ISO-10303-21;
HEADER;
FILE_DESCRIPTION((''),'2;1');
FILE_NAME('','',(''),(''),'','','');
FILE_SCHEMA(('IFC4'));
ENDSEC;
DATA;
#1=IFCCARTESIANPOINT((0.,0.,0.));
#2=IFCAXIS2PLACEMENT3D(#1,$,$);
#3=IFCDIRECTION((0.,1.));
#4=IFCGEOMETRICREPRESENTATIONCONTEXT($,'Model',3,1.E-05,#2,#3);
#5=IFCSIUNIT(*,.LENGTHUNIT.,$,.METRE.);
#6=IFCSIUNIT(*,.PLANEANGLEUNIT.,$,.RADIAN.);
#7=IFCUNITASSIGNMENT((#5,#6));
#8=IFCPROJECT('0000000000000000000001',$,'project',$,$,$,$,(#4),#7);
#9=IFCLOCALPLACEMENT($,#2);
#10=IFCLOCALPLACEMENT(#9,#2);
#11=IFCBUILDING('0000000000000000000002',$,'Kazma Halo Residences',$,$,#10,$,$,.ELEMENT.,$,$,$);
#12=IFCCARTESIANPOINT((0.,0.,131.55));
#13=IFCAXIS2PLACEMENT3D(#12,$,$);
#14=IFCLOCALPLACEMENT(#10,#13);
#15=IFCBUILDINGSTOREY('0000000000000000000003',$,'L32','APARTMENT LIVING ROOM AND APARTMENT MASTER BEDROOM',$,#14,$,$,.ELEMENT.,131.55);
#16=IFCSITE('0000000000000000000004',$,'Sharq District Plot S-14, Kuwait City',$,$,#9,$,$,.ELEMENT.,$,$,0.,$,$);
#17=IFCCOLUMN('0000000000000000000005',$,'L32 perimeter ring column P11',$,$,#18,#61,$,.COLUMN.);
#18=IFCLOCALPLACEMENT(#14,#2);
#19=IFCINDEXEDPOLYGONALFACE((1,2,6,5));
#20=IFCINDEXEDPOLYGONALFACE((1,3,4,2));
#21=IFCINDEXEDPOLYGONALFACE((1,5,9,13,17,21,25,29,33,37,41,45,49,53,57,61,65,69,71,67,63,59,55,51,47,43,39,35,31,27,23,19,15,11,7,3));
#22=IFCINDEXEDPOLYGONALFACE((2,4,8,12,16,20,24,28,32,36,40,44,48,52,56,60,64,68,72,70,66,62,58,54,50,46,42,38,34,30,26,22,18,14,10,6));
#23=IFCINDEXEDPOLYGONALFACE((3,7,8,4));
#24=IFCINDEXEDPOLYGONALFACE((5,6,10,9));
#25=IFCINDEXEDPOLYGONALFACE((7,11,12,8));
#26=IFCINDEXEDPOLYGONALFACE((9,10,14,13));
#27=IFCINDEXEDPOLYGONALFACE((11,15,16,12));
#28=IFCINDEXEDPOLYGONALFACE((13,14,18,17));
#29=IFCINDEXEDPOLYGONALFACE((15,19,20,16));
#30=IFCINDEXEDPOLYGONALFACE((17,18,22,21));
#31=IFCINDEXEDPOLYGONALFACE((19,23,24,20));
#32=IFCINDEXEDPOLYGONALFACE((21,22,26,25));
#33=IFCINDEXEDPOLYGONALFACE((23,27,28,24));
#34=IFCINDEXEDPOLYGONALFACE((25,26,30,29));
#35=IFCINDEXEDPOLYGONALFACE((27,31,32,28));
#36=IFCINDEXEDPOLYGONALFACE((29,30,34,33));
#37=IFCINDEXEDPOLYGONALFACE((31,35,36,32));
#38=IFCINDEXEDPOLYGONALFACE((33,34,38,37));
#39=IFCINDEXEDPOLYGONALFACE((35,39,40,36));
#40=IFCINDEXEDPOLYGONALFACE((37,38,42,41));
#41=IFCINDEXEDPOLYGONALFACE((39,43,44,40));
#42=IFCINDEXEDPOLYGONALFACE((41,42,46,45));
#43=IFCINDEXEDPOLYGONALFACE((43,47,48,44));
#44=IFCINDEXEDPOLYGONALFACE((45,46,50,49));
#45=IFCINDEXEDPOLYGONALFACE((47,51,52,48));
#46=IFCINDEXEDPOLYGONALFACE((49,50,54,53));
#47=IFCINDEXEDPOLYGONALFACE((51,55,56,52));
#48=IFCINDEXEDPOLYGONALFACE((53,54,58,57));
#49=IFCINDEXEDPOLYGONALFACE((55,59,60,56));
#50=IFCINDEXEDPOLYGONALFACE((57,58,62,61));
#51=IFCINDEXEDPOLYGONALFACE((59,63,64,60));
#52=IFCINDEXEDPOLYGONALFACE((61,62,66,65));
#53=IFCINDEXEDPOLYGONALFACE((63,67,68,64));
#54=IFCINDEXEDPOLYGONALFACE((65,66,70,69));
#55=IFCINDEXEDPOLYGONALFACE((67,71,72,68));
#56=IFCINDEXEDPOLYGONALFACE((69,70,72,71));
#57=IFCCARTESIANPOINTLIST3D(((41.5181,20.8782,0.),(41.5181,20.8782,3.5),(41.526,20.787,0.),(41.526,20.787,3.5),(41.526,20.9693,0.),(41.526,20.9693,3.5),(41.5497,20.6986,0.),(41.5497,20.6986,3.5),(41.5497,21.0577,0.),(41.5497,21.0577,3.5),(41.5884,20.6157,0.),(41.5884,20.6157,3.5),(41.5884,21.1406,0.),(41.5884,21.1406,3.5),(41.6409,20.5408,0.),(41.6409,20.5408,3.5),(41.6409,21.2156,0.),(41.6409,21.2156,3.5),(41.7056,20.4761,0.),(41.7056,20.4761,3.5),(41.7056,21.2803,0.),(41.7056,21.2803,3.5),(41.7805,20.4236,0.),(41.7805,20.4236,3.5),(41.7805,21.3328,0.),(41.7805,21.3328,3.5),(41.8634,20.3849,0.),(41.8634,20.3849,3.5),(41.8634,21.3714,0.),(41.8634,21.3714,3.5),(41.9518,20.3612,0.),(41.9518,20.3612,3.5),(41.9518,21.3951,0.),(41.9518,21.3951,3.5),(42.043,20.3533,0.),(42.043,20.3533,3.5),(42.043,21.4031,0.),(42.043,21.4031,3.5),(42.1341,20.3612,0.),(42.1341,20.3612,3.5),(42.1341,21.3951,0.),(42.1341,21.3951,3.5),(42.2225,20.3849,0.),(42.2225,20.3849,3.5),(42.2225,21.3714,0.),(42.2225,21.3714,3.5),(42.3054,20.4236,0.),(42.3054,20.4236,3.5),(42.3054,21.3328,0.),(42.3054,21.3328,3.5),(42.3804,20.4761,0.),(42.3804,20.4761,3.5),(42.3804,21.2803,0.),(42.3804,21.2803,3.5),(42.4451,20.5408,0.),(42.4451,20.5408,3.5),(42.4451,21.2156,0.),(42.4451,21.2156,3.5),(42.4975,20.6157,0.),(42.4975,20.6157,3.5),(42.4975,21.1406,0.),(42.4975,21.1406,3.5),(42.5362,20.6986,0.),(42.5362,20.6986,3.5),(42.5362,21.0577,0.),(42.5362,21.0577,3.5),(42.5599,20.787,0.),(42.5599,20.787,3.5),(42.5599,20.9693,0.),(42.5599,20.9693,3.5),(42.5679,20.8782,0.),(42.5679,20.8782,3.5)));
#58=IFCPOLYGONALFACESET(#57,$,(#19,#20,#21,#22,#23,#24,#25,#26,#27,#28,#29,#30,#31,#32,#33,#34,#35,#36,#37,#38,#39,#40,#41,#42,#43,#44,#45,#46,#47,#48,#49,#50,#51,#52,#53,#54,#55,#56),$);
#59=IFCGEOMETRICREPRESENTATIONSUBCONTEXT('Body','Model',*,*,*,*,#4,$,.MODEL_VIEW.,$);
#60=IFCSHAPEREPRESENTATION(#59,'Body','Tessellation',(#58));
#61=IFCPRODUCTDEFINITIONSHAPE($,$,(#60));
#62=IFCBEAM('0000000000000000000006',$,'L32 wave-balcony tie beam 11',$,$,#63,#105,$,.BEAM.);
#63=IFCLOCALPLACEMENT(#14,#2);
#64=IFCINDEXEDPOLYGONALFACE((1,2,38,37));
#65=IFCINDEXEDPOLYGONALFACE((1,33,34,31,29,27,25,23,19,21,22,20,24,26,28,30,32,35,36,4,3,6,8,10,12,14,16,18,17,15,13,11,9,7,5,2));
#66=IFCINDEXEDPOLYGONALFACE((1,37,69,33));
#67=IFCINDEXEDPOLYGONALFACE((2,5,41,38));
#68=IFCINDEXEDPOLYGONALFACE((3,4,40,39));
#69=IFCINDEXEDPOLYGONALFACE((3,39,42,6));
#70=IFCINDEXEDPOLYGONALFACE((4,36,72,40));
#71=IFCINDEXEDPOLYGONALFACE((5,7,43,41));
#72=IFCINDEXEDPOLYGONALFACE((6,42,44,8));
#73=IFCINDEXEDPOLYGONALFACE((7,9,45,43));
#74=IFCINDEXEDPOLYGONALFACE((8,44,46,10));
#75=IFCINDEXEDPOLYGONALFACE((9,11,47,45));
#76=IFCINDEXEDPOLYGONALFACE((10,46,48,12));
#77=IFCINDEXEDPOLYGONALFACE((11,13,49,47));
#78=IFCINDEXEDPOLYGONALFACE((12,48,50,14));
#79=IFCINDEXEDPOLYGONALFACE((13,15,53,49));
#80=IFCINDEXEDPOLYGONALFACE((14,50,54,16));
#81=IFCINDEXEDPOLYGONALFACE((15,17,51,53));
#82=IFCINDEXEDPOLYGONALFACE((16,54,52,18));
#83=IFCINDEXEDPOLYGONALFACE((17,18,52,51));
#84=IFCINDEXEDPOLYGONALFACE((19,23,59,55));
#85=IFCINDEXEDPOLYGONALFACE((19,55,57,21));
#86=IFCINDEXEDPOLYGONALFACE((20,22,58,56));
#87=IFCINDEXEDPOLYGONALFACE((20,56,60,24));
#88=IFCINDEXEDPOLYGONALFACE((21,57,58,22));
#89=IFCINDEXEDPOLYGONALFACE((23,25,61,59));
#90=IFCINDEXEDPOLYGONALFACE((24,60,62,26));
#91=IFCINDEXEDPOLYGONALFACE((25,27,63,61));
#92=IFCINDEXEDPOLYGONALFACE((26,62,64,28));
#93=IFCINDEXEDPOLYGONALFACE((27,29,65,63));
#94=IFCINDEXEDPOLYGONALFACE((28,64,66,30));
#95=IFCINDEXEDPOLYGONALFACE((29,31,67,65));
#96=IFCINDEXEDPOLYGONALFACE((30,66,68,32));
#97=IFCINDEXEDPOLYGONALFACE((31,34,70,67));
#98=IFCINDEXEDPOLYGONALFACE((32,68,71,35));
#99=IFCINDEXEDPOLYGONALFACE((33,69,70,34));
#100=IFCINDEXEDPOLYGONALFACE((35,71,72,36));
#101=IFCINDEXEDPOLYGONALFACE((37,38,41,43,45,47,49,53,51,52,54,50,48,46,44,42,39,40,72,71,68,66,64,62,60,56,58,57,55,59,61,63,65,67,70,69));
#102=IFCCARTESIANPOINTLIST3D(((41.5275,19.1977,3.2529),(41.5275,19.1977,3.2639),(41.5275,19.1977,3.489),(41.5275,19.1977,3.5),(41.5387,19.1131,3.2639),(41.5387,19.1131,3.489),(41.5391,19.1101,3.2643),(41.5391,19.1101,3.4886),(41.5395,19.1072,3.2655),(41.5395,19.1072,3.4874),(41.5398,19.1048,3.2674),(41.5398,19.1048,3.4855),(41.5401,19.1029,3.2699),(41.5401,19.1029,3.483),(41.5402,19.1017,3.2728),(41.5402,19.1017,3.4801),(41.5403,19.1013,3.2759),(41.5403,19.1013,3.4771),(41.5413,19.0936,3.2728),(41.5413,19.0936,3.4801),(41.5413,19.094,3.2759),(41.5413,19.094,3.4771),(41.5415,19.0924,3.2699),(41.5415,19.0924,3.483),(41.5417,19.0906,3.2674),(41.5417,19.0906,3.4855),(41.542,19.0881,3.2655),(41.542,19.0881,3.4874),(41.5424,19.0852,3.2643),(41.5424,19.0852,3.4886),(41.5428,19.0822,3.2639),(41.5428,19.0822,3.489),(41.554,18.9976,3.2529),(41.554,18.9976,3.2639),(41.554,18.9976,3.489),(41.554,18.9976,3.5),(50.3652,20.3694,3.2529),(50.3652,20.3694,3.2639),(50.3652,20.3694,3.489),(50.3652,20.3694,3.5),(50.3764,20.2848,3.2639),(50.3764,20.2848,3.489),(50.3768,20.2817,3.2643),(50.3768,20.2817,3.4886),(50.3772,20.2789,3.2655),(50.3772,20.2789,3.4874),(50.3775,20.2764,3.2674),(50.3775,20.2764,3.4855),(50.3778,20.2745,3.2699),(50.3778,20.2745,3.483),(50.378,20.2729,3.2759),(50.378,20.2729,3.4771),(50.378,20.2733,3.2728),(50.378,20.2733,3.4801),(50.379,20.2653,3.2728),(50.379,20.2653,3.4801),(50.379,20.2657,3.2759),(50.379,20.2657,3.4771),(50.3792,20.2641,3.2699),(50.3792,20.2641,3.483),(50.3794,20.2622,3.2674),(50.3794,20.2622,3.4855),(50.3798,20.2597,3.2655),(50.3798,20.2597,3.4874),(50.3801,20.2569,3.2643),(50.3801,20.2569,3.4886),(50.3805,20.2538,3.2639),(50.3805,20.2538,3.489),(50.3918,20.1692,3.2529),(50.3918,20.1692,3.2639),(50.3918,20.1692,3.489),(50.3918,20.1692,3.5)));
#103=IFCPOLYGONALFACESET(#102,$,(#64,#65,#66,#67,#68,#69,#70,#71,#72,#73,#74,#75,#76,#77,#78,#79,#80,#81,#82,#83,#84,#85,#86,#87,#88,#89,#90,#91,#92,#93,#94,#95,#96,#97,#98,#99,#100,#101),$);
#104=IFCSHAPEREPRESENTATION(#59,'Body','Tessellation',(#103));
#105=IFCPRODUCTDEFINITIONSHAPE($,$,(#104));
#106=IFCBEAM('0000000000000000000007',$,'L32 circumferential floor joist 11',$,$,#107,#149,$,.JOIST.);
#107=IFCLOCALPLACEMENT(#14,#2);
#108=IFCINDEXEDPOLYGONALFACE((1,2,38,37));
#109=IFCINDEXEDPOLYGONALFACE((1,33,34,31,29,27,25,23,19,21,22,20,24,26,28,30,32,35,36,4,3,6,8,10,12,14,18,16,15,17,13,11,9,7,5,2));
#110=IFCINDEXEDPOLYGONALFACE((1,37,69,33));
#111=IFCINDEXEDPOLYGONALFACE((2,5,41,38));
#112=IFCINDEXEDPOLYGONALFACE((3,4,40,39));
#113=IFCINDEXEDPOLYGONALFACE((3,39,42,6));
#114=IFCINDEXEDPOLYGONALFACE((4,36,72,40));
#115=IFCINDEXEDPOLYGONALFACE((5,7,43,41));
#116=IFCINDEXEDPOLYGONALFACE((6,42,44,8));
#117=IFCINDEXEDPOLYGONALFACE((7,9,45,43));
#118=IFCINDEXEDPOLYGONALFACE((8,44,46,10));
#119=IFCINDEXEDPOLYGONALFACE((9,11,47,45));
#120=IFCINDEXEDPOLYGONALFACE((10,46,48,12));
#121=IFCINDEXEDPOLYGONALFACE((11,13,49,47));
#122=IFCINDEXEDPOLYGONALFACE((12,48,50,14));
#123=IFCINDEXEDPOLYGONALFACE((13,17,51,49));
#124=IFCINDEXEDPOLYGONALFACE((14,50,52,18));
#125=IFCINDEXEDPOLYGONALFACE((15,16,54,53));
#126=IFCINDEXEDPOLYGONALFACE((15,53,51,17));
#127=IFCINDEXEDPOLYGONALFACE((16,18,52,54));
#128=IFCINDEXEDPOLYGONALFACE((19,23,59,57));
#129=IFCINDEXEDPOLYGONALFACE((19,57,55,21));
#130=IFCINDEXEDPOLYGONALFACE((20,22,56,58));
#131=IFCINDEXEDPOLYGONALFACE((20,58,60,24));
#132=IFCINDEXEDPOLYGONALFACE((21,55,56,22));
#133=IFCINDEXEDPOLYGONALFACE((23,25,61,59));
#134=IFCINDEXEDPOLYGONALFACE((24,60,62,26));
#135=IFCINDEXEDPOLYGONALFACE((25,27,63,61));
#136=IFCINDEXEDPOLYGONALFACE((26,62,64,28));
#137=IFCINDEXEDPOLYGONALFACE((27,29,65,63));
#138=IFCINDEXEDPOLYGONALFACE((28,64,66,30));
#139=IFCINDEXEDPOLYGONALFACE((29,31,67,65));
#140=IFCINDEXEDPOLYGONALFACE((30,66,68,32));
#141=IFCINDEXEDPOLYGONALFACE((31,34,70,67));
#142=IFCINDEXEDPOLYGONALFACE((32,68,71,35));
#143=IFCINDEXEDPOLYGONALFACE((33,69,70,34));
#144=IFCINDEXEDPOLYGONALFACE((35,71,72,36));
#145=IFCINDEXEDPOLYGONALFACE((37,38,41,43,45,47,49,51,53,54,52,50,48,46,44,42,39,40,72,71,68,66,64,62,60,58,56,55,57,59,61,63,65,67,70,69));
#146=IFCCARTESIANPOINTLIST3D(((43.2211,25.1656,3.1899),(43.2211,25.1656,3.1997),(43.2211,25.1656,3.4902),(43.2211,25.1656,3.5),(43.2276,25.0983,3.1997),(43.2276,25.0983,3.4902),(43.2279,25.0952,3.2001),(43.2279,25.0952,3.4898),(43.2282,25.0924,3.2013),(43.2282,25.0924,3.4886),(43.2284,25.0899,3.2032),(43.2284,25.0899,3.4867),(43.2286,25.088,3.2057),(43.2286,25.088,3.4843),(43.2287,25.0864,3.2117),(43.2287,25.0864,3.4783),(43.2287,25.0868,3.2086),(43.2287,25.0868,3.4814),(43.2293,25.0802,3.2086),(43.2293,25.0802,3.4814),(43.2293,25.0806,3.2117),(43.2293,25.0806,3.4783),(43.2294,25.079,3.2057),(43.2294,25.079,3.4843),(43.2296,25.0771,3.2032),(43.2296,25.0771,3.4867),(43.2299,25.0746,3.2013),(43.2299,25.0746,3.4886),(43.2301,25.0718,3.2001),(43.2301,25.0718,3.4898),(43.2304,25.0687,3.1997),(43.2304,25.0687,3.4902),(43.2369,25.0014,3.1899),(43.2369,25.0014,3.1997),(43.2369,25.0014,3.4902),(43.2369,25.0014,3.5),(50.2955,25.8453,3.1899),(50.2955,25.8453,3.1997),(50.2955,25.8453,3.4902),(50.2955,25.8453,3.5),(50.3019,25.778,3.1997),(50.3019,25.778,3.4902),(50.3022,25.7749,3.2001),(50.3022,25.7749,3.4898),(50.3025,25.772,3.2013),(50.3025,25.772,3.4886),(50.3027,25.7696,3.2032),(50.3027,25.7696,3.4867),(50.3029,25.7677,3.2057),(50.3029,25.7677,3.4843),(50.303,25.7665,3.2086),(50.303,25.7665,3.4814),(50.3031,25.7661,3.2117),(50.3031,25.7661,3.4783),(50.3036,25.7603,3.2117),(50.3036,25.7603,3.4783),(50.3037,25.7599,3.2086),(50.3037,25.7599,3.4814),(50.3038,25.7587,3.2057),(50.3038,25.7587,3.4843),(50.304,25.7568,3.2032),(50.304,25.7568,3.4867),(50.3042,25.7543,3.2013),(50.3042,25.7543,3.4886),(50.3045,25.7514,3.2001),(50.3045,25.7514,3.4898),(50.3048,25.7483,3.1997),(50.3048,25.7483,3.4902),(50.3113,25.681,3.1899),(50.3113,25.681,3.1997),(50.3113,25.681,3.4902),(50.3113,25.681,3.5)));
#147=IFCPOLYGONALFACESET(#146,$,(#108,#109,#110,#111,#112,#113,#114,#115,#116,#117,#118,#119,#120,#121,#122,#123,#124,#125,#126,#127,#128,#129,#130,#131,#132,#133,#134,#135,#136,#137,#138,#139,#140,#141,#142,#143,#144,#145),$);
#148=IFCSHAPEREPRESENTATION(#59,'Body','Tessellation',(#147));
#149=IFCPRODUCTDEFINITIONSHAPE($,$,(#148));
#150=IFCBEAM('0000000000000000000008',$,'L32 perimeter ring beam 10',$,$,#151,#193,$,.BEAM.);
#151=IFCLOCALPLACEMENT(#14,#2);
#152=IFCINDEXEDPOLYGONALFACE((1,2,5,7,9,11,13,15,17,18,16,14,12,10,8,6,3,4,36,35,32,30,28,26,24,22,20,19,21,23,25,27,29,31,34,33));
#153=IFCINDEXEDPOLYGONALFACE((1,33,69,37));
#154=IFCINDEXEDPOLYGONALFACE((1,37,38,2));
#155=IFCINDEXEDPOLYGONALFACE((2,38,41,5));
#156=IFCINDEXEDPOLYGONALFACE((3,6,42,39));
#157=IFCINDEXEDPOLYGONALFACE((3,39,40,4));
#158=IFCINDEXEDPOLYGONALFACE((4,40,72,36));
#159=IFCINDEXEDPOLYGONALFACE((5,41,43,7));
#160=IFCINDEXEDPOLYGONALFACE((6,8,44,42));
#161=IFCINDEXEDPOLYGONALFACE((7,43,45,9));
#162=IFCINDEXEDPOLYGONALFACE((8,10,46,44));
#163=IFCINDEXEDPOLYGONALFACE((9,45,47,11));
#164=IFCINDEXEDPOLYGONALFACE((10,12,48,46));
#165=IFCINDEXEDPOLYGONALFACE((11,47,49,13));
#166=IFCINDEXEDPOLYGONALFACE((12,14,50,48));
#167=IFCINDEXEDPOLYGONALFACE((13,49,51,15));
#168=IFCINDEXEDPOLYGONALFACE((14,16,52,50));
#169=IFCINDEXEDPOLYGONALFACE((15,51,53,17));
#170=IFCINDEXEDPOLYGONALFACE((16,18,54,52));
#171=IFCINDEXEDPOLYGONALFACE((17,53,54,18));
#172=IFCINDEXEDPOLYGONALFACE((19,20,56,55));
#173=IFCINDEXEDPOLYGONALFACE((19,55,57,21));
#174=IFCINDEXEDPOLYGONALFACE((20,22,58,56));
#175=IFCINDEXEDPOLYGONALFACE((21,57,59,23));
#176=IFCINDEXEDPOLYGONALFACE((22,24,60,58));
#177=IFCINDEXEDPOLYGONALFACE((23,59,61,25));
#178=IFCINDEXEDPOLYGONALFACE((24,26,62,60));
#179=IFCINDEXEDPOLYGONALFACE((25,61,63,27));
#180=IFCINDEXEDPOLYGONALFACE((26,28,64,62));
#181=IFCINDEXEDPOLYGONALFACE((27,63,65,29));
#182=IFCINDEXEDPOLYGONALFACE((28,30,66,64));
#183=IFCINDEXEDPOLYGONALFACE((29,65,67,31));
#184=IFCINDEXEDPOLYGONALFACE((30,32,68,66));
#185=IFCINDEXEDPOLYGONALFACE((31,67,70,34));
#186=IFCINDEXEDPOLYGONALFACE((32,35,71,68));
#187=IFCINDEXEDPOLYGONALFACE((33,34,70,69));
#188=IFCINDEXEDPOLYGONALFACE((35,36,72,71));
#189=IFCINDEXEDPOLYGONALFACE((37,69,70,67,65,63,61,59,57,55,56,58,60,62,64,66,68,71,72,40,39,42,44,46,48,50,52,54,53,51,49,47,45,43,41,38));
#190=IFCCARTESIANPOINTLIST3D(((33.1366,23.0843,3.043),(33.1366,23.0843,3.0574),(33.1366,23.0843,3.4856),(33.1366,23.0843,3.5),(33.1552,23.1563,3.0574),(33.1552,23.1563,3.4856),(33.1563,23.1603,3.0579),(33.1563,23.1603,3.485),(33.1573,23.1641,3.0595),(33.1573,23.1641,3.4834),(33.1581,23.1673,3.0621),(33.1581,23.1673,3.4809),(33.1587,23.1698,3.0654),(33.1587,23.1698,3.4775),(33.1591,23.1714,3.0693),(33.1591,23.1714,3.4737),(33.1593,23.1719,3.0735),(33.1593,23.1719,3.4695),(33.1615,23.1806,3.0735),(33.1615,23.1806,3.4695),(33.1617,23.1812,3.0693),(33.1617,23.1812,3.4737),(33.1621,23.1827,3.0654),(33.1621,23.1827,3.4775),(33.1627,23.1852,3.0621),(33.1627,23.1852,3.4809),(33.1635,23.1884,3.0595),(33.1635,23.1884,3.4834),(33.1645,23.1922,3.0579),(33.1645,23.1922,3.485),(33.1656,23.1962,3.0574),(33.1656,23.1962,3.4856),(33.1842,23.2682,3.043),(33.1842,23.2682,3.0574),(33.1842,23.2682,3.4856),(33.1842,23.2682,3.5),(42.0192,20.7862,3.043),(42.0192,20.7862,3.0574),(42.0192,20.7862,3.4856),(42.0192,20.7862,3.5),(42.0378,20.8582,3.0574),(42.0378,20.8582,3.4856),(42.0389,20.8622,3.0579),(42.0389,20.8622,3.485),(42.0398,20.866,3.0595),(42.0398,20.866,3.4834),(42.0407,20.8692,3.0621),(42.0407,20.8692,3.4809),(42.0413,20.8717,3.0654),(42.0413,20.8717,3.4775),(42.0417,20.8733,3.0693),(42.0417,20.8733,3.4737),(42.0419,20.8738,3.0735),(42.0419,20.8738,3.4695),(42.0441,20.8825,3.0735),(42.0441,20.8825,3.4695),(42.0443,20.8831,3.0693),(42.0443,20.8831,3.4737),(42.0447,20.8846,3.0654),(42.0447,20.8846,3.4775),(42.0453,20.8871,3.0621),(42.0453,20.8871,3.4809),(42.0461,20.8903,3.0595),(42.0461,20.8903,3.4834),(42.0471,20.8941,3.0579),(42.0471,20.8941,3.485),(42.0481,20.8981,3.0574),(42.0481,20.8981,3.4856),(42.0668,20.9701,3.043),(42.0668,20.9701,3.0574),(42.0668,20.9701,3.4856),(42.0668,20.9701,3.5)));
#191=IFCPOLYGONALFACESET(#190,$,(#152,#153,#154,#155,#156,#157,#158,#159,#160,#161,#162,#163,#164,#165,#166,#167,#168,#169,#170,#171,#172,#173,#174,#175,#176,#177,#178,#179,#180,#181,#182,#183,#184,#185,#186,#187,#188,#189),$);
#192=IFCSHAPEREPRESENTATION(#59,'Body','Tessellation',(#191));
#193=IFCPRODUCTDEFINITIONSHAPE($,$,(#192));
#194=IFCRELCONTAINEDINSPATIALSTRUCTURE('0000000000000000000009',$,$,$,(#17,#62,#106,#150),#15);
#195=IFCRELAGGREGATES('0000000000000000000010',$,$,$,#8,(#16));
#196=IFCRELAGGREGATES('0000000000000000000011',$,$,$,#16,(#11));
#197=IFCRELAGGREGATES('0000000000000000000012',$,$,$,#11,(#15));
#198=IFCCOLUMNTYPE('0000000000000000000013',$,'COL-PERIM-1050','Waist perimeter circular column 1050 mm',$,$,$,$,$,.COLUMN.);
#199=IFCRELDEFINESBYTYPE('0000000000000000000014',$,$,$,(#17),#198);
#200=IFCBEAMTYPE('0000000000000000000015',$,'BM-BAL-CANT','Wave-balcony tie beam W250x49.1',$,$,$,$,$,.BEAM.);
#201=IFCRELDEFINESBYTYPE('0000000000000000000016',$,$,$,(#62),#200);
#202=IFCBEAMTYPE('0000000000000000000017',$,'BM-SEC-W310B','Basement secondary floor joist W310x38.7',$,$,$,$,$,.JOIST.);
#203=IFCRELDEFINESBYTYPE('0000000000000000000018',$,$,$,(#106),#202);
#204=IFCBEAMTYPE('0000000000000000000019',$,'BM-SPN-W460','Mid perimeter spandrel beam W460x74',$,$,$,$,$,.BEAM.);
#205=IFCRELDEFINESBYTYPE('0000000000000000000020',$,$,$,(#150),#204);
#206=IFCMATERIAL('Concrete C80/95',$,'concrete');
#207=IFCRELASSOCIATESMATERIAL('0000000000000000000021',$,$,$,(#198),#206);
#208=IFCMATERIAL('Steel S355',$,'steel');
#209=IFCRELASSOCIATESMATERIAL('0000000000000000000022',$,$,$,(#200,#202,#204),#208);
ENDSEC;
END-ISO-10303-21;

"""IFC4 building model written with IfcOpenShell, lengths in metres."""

from ifc_helpers import new_model, si_unit, direction, frame, origin, origin_2d, place, context, subcontext, project, spatial, circle, i_section, extrude, material, material_profile, profile_set, type_object, element, save


model = new_model("IFC4")

# Units and contexts
model_context = context("Model", 3, precision=1e-05, world=origin(), true_north=direction((0.0, 1.0)))
body_context = subcontext(model_context, "Body", "Model", "MODEL_VIEW")
ifc_project = project(units=[si_unit("LENGTHUNIT", "METRE"), si_unit("PLANEANGLEUNIT", "RADIAN")], contexts=[model_context])

# Site, building, storey
site_placement = place(None, origin())
site = spatial("IfcSite", under=ifc_project, at=site_placement, Name="Sharq District Plot S-14, Kuwait City", CompositionType="ELEMENT", RefElevation=0.0)
building_placement = place(site_placement, origin())
building = spatial("IfcBuilding", under=site, at=building_placement, Name="Kazma Halo Residences", CompositionType="ELEMENT")
storey_placement = place(building_placement, frame((0.0, 0.0, 131.55)))
storey = spatial("IfcBuildingStorey", under=building, at=storey_placement, Name="L32", Description="APARTMENT LIVING ROOM AND APARTMENT MASTER BEDROOM", CompositionType="ELEMENT", Elevation=131.55)

# Column
ifc_material_1 = material(Name="Concrete C80/95", Category="concrete")
ifc_material_profile_1 = material_profile(ifc_material_1, circle(Radius=0.5249, at=origin_2d()), Name="CIRC1050")
ifc_profile_set_1 = profile_set([ifc_material_profile_1], Name="Concrete C80/95")
column_type = type_object("IfcColumnType", Name="COL-PERIM-1050", Description="Waist perimeter circular column 1050 mm", PredefinedType="COLUMN", material=ifc_profile_set_1)
column_placement = place(storey_placement, frame((42.043, 20.8782, 0.0), z_axis=(0.0, 0.0, 1.0), x_axis=(1.0, 0.0, 0.0)))
element("IfcColumn", 1, at=column_placement, inside=storey, type_object=column_type, Name="L32 perimeter ring column P11", PredefinedType="COLUMN", context=body_context, shape_type="SweptSolid", body=[
    extrude(circle(Radius=0.5249, at=origin_2d()), origin(), (0.0, 0.0, 1.0), 3.5),
])

# Beams
ifc_material_2 = material(Name="Steel S355", Category="steel")
ifc_material_profile_2 = material_profile(ifc_material_2, i_section(OverallWidth=0.2019, OverallDepth=0.2471, WebThickness=0.0073, FlangeThickness=0.011, FilletRadius=0.012, at=origin_2d()), Name="W250x49.1")
ifc_profile_set_2 = profile_set([ifc_material_profile_2], Name="Steel S355")
beam_type_1 = type_object("IfcBeamType", Name="BM-BAL-CANT", Description="Wave-balcony tie beam W250x49.1", PredefinedType="BEAM", material=ifc_profile_set_2)
beam_1_placement = place(storey_placement, frame((41.5408, 19.0977, 3.3765), z_axis=(0.991326, 0.131423, 0.0), x_axis=(-0.131423, 0.991326, 0.0)))
element("IfcBeam", 2, at=beam_1_placement, inside=storey, type_object=beam_type_1, Name="L32 wave-balcony tie beam 11", PredefinedType="BEAM", context=body_context, shape_type="SweptSolid", body=[
    extrude(i_section(OverallWidth=0.2019, OverallDepth=0.2471, WebThickness=0.0073, FlangeThickness=0.011, FilletRadius=0.012, at=origin_2d()), origin(), (0.0, 0.0, 1.0), 8.915),
])
ifc_material_profile_3 = material_profile(ifc_material_2, i_section(OverallWidth=0.165, OverallDepth=0.3101, WebThickness=0.0059, FlangeThickness=0.0098, FilletRadius=0.012, at=origin_2d()), Name="W310x38.7")
ifc_profile_set_3 = profile_set([ifc_material_profile_3], Name="Steel S355")
beam_type_2 = type_object("IfcBeamType", Name="BM-SEC-W310B", Description="Basement secondary floor joist W310x38.7", PredefinedType="JOIST", material=ifc_profile_set_3)
beam_2_placement = place(storey_placement, frame((43.229, 25.0835, 3.345), z_axis=(0.995416, 0.095636, 0.0), x_axis=(-0.095636, 0.995416, 0.0)))
element("IfcBeam", 3, at=beam_2_placement, inside=storey, type_object=beam_type_2, Name="L32 circumferential floor joist 11", PredefinedType="JOIST", context=body_context, shape_type="SweptSolid", body=[
    extrude(i_section(OverallWidth=0.165, OverallDepth=0.3101, WebThickness=0.0059, FlangeThickness=0.0098, FilletRadius=0.012, at=origin_2d()), origin(), (0.0, 0.0, 1.0), 7.1069),
])
ifc_material_profile_4 = material_profile(ifc_material_2, i_section(OverallWidth=0.1899, OverallDepth=0.457, WebThickness=0.009, FlangeThickness=0.0144, FilletRadius=0.0161, at=origin_2d()), Name="W460x74")
ifc_profile_set_4 = profile_set([ifc_material_profile_4], Name="Steel S355")
beam_type_3 = type_object("IfcBeamType", Name="BM-SPN-W460", Description="Mid perimeter spandrel beam W460x74", PredefinedType="BEAM", material=ifc_profile_set_4)
beam_3_placement = place(storey_placement, frame((33.1604, 23.1763, 3.2715), z_axis=(0.968124, -0.250473, 0.0), x_axis=(0.250473, 0.968124, 0.0)))
element("IfcBeam", 4, at=beam_3_placement, inside=storey, type_object=beam_type_3, Name="L32 perimeter ring beam 10", PredefinedType="BEAM", context=body_context, shape_type="SweptSolid", body=[
    extrude(i_section(OverallWidth=0.1899, OverallDepth=0.457, WebThickness=0.009, FlangeThickness=0.0144, FilletRadius=0.0161, at=origin_2d()), origin(), (0.0, 0.0, 1.0), 9.175),
])

save(model, "model.ifc")
